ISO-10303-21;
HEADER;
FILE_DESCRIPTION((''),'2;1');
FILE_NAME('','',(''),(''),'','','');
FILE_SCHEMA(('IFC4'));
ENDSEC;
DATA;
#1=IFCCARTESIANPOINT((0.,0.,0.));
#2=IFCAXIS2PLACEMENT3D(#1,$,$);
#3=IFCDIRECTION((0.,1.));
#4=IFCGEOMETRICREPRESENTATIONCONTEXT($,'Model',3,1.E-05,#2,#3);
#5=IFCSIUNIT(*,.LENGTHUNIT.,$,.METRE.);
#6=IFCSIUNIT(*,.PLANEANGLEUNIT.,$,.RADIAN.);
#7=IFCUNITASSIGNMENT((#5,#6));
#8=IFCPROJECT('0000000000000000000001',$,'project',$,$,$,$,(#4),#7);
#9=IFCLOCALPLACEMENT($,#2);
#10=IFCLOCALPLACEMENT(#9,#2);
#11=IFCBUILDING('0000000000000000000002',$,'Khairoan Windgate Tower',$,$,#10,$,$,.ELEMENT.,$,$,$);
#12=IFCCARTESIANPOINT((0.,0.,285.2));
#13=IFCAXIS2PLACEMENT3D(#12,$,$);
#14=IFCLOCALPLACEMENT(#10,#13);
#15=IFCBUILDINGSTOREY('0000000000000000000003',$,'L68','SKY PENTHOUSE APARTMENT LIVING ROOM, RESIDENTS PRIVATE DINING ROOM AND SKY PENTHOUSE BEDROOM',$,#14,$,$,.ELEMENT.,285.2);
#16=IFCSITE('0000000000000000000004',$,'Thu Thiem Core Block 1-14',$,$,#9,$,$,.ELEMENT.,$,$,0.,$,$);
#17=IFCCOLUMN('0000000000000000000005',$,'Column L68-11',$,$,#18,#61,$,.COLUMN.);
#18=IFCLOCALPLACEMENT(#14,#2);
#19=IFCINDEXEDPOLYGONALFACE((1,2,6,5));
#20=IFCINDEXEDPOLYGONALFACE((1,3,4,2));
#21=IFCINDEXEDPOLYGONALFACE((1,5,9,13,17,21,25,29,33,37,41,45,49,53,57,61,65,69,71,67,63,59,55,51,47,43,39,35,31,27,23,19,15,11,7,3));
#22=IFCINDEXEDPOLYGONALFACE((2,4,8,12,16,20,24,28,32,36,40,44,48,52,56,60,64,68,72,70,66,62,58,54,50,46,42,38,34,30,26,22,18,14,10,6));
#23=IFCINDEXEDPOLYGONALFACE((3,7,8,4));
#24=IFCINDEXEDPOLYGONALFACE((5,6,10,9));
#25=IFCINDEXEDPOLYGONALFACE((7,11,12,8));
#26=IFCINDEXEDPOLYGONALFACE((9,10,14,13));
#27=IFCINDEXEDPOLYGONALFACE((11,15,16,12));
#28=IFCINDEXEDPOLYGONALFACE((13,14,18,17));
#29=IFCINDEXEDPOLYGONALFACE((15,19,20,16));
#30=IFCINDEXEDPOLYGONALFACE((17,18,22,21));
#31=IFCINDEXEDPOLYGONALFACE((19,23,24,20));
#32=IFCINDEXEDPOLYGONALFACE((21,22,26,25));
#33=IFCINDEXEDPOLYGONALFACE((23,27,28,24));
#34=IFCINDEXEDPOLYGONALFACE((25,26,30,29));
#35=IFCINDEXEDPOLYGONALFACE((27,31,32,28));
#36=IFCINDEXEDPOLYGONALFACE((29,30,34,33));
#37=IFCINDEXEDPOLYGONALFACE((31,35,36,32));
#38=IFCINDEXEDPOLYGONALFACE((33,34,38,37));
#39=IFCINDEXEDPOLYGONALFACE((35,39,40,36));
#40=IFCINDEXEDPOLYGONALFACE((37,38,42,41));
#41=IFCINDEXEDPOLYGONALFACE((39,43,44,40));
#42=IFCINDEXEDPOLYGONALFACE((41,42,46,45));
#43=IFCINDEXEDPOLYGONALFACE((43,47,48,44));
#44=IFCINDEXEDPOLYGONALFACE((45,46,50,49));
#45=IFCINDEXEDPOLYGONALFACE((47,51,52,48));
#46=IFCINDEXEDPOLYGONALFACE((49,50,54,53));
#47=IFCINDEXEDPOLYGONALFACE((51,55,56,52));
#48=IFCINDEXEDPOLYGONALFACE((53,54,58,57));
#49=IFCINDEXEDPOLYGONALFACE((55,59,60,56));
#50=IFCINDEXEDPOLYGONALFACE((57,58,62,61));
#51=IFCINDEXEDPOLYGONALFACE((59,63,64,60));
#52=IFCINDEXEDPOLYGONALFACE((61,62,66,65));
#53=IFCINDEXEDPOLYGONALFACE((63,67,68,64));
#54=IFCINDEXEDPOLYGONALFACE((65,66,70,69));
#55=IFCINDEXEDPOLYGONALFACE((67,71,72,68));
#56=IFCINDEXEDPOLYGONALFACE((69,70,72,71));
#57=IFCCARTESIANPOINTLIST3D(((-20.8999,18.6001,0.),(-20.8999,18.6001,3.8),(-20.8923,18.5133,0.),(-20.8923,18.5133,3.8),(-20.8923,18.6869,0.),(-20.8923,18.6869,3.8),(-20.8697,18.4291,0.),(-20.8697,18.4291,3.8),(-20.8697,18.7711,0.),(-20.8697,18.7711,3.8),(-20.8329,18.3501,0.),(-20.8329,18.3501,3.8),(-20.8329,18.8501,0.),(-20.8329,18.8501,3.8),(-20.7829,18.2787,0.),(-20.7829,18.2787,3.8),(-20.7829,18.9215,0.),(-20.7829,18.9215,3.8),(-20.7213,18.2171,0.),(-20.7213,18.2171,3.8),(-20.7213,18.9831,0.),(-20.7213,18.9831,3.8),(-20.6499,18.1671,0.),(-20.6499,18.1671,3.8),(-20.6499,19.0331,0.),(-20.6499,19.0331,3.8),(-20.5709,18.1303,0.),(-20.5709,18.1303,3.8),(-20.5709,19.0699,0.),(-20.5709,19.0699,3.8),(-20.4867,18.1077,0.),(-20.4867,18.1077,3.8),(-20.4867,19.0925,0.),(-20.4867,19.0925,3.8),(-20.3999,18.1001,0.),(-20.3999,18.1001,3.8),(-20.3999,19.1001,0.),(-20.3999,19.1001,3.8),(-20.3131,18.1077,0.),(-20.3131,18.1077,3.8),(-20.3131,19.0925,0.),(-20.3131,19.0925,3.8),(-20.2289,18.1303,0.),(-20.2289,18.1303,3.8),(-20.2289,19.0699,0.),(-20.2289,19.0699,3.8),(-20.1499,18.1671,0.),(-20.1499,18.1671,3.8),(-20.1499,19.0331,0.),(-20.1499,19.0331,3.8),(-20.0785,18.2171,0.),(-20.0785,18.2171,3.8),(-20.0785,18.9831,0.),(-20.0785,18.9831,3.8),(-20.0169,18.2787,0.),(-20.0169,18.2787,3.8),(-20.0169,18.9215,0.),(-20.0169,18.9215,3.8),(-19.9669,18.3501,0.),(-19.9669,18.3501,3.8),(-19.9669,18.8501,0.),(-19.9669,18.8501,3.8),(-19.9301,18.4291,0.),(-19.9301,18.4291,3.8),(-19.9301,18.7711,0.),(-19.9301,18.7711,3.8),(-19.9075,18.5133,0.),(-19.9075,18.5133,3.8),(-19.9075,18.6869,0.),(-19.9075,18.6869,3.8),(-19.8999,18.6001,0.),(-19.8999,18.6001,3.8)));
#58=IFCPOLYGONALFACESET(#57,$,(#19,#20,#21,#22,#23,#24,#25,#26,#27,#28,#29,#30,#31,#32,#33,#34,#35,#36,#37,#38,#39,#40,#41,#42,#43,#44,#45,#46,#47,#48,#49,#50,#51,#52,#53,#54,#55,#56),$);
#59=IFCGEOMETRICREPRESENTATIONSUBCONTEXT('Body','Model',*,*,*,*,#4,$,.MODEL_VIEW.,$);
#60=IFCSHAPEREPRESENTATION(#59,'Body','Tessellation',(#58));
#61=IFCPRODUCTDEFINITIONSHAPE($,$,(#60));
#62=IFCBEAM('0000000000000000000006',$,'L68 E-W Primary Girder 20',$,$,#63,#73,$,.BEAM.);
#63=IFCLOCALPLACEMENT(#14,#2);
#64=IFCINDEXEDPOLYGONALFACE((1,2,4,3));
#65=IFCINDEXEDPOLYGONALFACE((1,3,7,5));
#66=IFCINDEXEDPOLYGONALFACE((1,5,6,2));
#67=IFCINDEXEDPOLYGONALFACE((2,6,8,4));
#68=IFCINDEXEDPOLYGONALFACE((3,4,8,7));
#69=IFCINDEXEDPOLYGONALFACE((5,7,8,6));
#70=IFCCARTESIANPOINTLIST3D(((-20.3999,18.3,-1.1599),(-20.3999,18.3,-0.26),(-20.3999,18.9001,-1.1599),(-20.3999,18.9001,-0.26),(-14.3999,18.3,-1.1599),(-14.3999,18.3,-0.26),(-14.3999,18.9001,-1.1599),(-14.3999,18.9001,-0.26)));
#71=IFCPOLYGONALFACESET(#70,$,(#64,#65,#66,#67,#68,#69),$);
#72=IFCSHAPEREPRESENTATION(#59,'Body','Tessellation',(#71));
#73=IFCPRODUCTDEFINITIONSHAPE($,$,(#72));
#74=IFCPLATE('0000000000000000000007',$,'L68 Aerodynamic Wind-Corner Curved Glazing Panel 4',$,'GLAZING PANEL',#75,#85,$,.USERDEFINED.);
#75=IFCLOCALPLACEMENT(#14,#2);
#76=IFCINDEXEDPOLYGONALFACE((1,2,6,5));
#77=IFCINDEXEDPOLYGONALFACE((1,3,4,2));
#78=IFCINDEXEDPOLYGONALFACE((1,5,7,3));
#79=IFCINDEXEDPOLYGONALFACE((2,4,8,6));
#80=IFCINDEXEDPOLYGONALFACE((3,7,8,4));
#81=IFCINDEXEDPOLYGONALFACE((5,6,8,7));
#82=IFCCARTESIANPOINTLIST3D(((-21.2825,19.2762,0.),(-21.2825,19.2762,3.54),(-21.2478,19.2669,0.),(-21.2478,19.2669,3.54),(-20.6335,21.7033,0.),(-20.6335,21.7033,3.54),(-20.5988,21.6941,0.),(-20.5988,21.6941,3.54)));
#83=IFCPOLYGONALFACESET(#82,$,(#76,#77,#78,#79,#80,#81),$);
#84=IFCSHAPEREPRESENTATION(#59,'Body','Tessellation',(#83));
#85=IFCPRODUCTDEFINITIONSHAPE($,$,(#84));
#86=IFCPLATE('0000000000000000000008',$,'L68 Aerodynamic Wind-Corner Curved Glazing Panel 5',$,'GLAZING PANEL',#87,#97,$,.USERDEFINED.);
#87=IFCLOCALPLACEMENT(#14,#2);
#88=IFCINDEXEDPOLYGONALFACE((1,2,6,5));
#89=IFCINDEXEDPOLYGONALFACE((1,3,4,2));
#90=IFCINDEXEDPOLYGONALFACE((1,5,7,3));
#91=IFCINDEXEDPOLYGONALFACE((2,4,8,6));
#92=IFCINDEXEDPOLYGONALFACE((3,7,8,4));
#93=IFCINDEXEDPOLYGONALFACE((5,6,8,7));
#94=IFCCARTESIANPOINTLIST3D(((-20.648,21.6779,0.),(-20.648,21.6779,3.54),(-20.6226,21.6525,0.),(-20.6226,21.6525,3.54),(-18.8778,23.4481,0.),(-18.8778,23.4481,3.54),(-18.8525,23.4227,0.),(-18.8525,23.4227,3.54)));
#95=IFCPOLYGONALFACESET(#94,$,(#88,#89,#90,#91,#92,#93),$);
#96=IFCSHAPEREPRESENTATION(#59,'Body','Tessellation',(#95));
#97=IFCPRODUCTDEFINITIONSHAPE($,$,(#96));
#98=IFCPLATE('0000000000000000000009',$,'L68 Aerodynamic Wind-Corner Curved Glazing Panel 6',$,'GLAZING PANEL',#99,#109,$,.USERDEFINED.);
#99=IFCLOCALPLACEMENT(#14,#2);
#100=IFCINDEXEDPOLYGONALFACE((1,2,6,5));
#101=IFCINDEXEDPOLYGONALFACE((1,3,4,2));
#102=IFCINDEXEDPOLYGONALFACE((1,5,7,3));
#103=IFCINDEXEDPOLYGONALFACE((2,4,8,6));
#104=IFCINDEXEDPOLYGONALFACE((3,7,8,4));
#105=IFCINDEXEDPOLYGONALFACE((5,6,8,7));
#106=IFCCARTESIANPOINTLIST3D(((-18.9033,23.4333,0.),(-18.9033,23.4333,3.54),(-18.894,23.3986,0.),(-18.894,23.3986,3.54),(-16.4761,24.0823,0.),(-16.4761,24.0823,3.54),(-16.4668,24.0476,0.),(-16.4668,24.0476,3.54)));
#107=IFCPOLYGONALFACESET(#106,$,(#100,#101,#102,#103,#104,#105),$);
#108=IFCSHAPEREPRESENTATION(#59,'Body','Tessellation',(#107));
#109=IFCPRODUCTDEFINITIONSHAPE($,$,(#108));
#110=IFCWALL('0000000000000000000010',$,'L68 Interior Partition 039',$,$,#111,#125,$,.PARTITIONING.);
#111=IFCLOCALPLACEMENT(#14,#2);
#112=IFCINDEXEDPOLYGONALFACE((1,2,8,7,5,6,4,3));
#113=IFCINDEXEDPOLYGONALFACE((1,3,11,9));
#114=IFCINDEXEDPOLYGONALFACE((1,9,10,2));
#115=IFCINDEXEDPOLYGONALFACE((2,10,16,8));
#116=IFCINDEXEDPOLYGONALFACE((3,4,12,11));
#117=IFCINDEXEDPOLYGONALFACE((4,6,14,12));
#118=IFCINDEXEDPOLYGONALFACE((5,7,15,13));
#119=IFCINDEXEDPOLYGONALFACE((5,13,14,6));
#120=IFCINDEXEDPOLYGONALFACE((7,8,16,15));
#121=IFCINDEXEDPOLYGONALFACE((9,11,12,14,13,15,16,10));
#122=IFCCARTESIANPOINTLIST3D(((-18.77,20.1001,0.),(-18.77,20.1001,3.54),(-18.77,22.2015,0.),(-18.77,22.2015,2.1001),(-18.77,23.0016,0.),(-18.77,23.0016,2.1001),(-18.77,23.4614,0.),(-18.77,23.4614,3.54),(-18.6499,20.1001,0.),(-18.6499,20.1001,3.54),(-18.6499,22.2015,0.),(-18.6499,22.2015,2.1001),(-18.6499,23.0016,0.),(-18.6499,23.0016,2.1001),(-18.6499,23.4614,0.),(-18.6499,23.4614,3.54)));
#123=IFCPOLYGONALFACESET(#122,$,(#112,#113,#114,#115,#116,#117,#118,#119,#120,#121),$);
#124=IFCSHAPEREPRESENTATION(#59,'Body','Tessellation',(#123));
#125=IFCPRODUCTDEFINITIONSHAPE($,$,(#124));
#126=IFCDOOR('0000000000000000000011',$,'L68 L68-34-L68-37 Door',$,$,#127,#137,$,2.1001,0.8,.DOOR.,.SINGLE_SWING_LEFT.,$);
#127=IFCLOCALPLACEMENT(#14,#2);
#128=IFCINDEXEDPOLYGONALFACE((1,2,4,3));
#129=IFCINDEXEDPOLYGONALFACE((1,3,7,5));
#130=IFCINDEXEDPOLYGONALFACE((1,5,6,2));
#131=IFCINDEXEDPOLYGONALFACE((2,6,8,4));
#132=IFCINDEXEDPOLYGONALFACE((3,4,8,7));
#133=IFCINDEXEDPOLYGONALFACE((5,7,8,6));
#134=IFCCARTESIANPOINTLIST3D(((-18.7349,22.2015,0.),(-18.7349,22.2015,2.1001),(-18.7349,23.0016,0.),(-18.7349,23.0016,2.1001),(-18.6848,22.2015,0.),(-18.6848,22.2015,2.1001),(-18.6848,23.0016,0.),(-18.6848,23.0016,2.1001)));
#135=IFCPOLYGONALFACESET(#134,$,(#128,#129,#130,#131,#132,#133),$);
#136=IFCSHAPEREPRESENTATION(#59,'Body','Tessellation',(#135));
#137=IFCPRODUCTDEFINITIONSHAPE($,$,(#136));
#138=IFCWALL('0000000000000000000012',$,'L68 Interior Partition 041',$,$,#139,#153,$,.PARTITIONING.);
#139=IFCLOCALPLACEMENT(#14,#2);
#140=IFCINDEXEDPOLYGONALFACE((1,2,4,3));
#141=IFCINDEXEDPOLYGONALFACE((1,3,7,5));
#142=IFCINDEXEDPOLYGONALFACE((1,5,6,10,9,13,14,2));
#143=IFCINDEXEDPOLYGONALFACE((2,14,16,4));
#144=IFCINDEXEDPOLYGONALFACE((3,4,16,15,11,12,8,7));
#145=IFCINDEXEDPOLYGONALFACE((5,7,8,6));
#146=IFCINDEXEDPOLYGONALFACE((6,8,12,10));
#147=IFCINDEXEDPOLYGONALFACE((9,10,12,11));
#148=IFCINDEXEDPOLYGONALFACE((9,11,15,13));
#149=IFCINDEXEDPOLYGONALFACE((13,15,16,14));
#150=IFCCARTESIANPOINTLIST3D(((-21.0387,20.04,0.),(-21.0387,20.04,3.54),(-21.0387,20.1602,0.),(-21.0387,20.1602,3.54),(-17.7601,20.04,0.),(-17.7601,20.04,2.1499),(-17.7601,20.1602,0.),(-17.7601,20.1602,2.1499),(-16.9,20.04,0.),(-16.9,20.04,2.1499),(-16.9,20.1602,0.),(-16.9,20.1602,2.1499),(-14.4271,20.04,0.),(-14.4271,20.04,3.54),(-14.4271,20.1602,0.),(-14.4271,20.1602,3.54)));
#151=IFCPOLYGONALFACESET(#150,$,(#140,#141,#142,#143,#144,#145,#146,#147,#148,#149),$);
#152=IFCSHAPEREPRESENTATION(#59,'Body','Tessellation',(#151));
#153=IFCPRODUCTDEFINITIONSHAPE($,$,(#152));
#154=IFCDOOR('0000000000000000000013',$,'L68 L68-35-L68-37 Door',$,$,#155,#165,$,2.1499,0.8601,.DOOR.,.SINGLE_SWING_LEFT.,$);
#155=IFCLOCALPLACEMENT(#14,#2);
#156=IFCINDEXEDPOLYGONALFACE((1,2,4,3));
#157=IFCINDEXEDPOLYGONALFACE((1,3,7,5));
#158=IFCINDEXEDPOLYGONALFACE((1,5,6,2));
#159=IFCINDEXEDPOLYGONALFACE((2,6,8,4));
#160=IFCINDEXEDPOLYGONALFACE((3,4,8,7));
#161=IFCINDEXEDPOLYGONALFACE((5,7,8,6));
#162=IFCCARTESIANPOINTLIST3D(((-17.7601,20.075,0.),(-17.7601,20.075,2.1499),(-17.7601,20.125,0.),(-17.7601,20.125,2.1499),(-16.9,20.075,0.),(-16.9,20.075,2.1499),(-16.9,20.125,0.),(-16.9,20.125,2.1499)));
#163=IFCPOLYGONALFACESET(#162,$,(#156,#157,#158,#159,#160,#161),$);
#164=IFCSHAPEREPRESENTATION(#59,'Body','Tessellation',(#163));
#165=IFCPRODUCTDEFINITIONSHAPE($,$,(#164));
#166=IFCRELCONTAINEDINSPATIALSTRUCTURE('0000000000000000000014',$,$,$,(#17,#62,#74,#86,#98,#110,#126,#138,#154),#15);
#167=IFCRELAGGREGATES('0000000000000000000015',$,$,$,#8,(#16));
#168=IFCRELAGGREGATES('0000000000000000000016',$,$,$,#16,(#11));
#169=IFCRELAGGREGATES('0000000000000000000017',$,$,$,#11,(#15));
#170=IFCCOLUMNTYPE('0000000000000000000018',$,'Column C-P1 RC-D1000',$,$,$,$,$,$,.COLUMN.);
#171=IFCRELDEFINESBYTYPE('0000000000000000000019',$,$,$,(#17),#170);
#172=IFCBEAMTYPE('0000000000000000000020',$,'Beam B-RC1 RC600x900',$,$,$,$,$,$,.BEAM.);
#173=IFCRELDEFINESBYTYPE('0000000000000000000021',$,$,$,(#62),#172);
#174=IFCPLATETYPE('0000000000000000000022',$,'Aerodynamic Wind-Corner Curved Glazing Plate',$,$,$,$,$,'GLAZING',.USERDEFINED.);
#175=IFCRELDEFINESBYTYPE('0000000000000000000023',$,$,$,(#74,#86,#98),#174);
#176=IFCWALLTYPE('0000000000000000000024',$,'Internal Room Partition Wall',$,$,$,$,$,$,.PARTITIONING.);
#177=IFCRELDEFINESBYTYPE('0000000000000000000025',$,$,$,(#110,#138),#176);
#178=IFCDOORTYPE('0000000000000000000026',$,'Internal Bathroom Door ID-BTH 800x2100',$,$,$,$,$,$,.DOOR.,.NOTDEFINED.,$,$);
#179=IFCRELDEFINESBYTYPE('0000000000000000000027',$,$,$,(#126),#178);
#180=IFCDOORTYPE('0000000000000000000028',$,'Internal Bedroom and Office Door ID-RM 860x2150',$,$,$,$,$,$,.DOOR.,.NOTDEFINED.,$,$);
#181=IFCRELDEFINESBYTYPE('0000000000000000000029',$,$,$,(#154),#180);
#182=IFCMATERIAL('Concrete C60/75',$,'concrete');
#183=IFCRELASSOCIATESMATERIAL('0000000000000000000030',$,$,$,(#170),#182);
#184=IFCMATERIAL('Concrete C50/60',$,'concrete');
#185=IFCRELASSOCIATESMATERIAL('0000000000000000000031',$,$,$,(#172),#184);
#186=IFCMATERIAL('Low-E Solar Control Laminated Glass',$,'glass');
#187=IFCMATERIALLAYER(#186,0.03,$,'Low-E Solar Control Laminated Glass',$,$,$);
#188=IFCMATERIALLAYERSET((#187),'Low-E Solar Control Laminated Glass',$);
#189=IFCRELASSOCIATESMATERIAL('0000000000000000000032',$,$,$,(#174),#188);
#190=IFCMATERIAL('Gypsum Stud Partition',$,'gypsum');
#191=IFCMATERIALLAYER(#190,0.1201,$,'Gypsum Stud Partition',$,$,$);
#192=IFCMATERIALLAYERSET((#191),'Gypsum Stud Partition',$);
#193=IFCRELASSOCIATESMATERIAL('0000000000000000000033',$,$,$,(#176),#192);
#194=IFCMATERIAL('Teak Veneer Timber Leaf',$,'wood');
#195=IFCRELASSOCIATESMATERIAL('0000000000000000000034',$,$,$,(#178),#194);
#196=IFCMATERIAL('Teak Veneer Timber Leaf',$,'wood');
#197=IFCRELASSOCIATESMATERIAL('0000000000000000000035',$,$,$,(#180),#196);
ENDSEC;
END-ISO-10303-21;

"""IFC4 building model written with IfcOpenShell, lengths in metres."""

from ifc_helpers import new_model, si_unit, direction, frame, frame_2d, origin, origin_2d, place, context, subcontext, project, spatial, rectangle, circle, extrude, material, layer, layer_set, material_profile, profile_set, type_object, element, fill, save


model = new_model("IFC4")

# Units and contexts
model_context = context("Model", 3, precision=1e-05, world=origin(), true_north=direction((0.0, 1.0)))
body_context = subcontext(model_context, "Body", "Model", "MODEL_VIEW")
ifc_project = project(units=[si_unit("LENGTHUNIT", "METRE"), si_unit("PLANEANGLEUNIT", "RADIAN")], contexts=[model_context])

# Site, building, storey
site_placement = place(None, origin())
site = spatial("IfcSite", under=ifc_project, at=site_placement, Name="Thu Thiem Core Block 1-14", CompositionType="ELEMENT", RefElevation=0.0)
building_placement = place(site_placement, origin())
building = spatial("IfcBuilding", under=site, at=building_placement, Name="Khairoan Windgate Tower", CompositionType="ELEMENT")
storey_placement = place(building_placement, frame((0.0, 0.0, 285.2)))
storey = spatial("IfcBuildingStorey", under=building, at=storey_placement, Name="L68", Description="SKY PENTHOUSE APARTMENT LIVING ROOM, RESIDENTS PRIVATE DINING ROOM AND SKY PENTHOUSE BEDROOM", CompositionType="ELEMENT", Elevation=285.2)

# Column
ifc_material_1 = material(Name="Concrete C60/75", Category="concrete")
ifc_material_profile_1 = material_profile(ifc_material_1, circle(Radius=0.5, at=origin_2d()))
ifc_profile_set_1 = profile_set([ifc_material_profile_1], Name="Concrete C60/75")
column_type = type_object("IfcColumnType", Name="Column C-P1 RC-D1000", PredefinedType="COLUMN", material=ifc_profile_set_1)
column_placement = place(storey_placement, frame((-20.3999, 18.6001, 0.0), z_axis=(0.0, 0.0, 1.0), x_axis=(1.0, 0.0, 0.0)))
element("IfcColumn", 1, at=column_placement, inside=storey, type_object=column_type, Name="Column L68-11", PredefinedType="COLUMN", context=body_context, shape_type="SweptSolid", body=[
    extrude(circle(Radius=0.5, at=origin_2d()), origin(), (0.0, 0.0, 1.0), 3.8),
])

# Beam
ifc_material_2 = material(Name="Concrete C50/60", Category="concrete")
ifc_material_profile_2 = material_profile(ifc_material_2, rectangle(XDim=0.6001, YDim=0.8999, at=origin_2d()))
ifc_profile_set_2 = profile_set([ifc_material_profile_2], Name="Concrete C50/60")
beam_type = type_object("IfcBeamType", Name="Beam B-RC1 RC600x900", PredefinedType="BEAM", material=ifc_profile_set_2)
beam_placement = place(storey_placement, frame((-20.3999, 18.6001, -0.71), z_axis=(1.0, 0.0, 0.0), x_axis=(0.0, 1.0, 0.0)))
element("IfcBeam", 2, at=beam_placement, inside=storey, type_object=beam_type, Name="L68 E-W Primary Girder 20", PredefinedType="BEAM", context=body_context, shape_type="SweptSolid", body=[
    extrude(rectangle(XDim=0.6001, YDim=0.8999, at=origin_2d()), origin(), (0.0, 0.0, 1.0), 6.0),
])

# Plates
ifc_material_3 = material(Name="Low-E Solar Control Laminated Glass", Category="glass")
ifc_layer_1 = layer(ifc_material_3, 0.03, Name="Low-E Solar Control Laminated Glass")
ifc_layer_set_1 = layer_set([ifc_layer_1], Name="Low-E Solar Control Laminated Glass")
plate_type_1 = type_object("IfcPlateType", Name="Aerodynamic Wind-Corner Curved Glazing Plate", ElementType="GLAZING", PredefinedType="USERDEFINED", material=ifc_layer_set_1)
plate_1_placement = place(storey_placement, frame((-20.9407, 20.4851, 0.0), z_axis=(0.0, 0.0, 1.0), x_axis=(0.258313, 0.966061, 0.0)))
element("IfcPlate", 3, at=plate_1_placement, inside=storey, type_object=plate_type_1, Name="L68 Aerodynamic Wind-Corner Curved Glazing Panel 4", ObjectType="GLAZING PANEL", PredefinedType="USERDEFINED", context=body_context, shape_type="SweptSolid", body=[
    extrude(rectangle(XDim=2.5125, YDim=0.0359, at=origin_2d()), origin(), (0.0, 0.0, 1.0), 3.54),
])
plate_2_placement = place(storey_placement, frame((-19.7502, 22.5503, 0.0), z_axis=(0.0, 0.0, 1.0), x_axis=(0.707107, 0.707107, 0.0)))
element("IfcPlate", 4, at=plate_2_placement, inside=storey, type_object=plate_type_1, Name="L68 Aerodynamic Wind-Corner Curved Glazing Panel 5", ObjectType="GLAZING PANEL", PredefinedType="USERDEFINED", context=body_context, shape_type="SweptSolid", body=[
    extrude(rectangle(XDim=2.5034, YDim=0.0359, at=origin_2d()), origin(), (0.0, 0.0, 1.0), 3.54),
])
plate_3_placement = place(storey_placement, frame((-17.6851, 23.7405, 0.0), z_axis=(0.0, 0.0, 1.0), x_axis=(0.966061, 0.258313, 0.0)))
element("IfcPlate", 5, at=plate_3_placement, inside=storey, type_object=plate_type_1, Name="L68 Aerodynamic Wind-Corner Curved Glazing Panel 6", ObjectType="GLAZING PANEL", PredefinedType="USERDEFINED", context=body_context, shape_type="SweptSolid", body=[
    extrude(rectangle(XDim=2.5125, YDim=0.0359, at=origin_2d()), origin(), (0.0, 0.0, 1.0), 3.54),
])

# Walls, openings, doors
ifc_material_4 = material(Name="Gypsum Stud Partition", Category="gypsum")
ifc_layer_2 = layer(ifc_material_4, 0.1201, Name="Gypsum Stud Partition")
ifc_layer_set_2 = layer_set([ifc_layer_2], Name="Gypsum Stud Partition")
wall_type = type_object("IfcWallType", Name="Internal Room Partition Wall", PredefinedType="PARTITIONING", material=ifc_layer_set_2)
wall_1_placement = place(storey_placement, frame((-18.71, 20.1001, 0.0), z_axis=(0.0, 0.0, 1.0), x_axis=(0.0, 1.0, 0.0)))
wall_1 = element("IfcWall", 6, at=wall_1_placement, inside=storey, type_object=wall_type, Name="L68 Interior Partition 039", PredefinedType="PARTITIONING", context=body_context, shape_type="SweptSolid", body=[
    extrude(rectangle(XDim=3.3613, YDim=0.1201, at=frame_2d((1.6807, 0.0))), origin(), (0.0, 0.0, 1.0), 3.54),
])
opening_1_placement = place(wall_1_placement, frame((2.1016, 0.0, 0.0)))
opening_1 = element("IfcOpeningElement", 7, at=opening_1_placement, cuts=wall_1, PredefinedType="OPENING", context=body_context, shape_type="SweptSolid", body=[
    extrude(rectangle(XDim=0.8, YDim=2.1001, at=frame_2d((0.3999, 1.05))), frame((0.0, 0.0701, 0.0), z_axis=(0.0, -1.0, 0.0), x_axis=(1.0, 0.0, 0.0)), (0.0, 0.0, 1.0), 0.1401),
])
ifc_material_5 = material(Name="Teak Veneer Timber Leaf", Category="wood")
door_type_1 = type_object("IfcDoorType", Name="Internal Bathroom Door ID-BTH 800x2100", OperationType="NOTDEFINED", PredefinedType="DOOR", material=ifc_material_5)
door_1_placement = place(opening_1_placement, origin())
door_1 = element("IfcDoor", 8, at=door_1_placement, inside=storey, type_object=door_type_1, Name="L68 L68-34-L68-37 Door", OperationType="SINGLE_SWING_LEFT", OverallHeight=2.1001, OverallWidth=0.8, PredefinedType="DOOR", context=body_context, shape_type="SweptSolid", body=[
    extrude(rectangle(XDim=0.8, YDim=2.1001, at=frame_2d((0.3999, 1.05))), frame((0.0, 0.0249, 0.0), z_axis=(0.0, -1.0, 0.0), x_axis=(1.0, 0.0, 0.0)), (0.0, 0.0, 1.0), 0.05),
])
fill(opening_1, door_1)
wall_2_placement = place(storey_placement, frame((-21.0386, 20.1001, 0.0), z_axis=(0.0, 0.0, 1.0), x_axis=(1.0, 0.0, 0.0)))
wall_2 = element("IfcWall", 9, at=wall_2_placement, inside=storey, type_object=wall_type, Name="L68 Interior Partition 041", PredefinedType="PARTITIONING", context=body_context, shape_type="SweptSolid", body=[
    extrude(rectangle(XDim=6.6116, YDim=0.1201, at=frame_2d((3.3057, 0.0))), origin(), (0.0, 0.0, 1.0), 3.54),
])
opening_2_placement = place(wall_2_placement, frame((3.2783, 0.0, 0.0)))
opening_2 = element("IfcOpeningElement", 10, at=opening_2_placement, cuts=wall_2, PredefinedType="OPENING", context=body_context, shape_type="SweptSolid", body=[
    extrude(rectangle(XDim=0.8601, YDim=2.1499, at=frame_2d((0.4302, 1.075))), frame((0.0, 0.0701, 0.0), z_axis=(0.0, -1.0, 0.0), x_axis=(1.0, 0.0, 0.0)), (0.0, 0.0, 1.0), 0.1401),
])
ifc_material_6 = material(Name="Teak Veneer Timber Leaf", Category="wood")
door_type_2 = type_object("IfcDoorType", Name="Internal Bedroom and Office Door ID-RM 860x2150", OperationType="NOTDEFINED", PredefinedType="DOOR", material=ifc_material_6)
door_2_placement = place(opening_2_placement, origin())
door_2 = element("IfcDoor", 11, at=door_2_placement, inside=storey, type_object=door_type_2, Name="L68 L68-35-L68-37 Door", OperationType="SINGLE_SWING_LEFT", OverallHeight=2.1499, OverallWidth=0.8601, PredefinedType="DOOR", context=body_context, shape_type="SweptSolid", body=[
    extrude(rectangle(XDim=0.8601, YDim=2.1499, at=frame_2d((0.4302, 1.075))), frame((0.0, 0.0249, 0.0), z_axis=(0.0, -1.0, 0.0), x_axis=(1.0, 0.0, 0.0)), (0.0, 0.0, 1.0), 0.05),
])
fill(opening_2, door_2)

save(model, "model.ifc")
